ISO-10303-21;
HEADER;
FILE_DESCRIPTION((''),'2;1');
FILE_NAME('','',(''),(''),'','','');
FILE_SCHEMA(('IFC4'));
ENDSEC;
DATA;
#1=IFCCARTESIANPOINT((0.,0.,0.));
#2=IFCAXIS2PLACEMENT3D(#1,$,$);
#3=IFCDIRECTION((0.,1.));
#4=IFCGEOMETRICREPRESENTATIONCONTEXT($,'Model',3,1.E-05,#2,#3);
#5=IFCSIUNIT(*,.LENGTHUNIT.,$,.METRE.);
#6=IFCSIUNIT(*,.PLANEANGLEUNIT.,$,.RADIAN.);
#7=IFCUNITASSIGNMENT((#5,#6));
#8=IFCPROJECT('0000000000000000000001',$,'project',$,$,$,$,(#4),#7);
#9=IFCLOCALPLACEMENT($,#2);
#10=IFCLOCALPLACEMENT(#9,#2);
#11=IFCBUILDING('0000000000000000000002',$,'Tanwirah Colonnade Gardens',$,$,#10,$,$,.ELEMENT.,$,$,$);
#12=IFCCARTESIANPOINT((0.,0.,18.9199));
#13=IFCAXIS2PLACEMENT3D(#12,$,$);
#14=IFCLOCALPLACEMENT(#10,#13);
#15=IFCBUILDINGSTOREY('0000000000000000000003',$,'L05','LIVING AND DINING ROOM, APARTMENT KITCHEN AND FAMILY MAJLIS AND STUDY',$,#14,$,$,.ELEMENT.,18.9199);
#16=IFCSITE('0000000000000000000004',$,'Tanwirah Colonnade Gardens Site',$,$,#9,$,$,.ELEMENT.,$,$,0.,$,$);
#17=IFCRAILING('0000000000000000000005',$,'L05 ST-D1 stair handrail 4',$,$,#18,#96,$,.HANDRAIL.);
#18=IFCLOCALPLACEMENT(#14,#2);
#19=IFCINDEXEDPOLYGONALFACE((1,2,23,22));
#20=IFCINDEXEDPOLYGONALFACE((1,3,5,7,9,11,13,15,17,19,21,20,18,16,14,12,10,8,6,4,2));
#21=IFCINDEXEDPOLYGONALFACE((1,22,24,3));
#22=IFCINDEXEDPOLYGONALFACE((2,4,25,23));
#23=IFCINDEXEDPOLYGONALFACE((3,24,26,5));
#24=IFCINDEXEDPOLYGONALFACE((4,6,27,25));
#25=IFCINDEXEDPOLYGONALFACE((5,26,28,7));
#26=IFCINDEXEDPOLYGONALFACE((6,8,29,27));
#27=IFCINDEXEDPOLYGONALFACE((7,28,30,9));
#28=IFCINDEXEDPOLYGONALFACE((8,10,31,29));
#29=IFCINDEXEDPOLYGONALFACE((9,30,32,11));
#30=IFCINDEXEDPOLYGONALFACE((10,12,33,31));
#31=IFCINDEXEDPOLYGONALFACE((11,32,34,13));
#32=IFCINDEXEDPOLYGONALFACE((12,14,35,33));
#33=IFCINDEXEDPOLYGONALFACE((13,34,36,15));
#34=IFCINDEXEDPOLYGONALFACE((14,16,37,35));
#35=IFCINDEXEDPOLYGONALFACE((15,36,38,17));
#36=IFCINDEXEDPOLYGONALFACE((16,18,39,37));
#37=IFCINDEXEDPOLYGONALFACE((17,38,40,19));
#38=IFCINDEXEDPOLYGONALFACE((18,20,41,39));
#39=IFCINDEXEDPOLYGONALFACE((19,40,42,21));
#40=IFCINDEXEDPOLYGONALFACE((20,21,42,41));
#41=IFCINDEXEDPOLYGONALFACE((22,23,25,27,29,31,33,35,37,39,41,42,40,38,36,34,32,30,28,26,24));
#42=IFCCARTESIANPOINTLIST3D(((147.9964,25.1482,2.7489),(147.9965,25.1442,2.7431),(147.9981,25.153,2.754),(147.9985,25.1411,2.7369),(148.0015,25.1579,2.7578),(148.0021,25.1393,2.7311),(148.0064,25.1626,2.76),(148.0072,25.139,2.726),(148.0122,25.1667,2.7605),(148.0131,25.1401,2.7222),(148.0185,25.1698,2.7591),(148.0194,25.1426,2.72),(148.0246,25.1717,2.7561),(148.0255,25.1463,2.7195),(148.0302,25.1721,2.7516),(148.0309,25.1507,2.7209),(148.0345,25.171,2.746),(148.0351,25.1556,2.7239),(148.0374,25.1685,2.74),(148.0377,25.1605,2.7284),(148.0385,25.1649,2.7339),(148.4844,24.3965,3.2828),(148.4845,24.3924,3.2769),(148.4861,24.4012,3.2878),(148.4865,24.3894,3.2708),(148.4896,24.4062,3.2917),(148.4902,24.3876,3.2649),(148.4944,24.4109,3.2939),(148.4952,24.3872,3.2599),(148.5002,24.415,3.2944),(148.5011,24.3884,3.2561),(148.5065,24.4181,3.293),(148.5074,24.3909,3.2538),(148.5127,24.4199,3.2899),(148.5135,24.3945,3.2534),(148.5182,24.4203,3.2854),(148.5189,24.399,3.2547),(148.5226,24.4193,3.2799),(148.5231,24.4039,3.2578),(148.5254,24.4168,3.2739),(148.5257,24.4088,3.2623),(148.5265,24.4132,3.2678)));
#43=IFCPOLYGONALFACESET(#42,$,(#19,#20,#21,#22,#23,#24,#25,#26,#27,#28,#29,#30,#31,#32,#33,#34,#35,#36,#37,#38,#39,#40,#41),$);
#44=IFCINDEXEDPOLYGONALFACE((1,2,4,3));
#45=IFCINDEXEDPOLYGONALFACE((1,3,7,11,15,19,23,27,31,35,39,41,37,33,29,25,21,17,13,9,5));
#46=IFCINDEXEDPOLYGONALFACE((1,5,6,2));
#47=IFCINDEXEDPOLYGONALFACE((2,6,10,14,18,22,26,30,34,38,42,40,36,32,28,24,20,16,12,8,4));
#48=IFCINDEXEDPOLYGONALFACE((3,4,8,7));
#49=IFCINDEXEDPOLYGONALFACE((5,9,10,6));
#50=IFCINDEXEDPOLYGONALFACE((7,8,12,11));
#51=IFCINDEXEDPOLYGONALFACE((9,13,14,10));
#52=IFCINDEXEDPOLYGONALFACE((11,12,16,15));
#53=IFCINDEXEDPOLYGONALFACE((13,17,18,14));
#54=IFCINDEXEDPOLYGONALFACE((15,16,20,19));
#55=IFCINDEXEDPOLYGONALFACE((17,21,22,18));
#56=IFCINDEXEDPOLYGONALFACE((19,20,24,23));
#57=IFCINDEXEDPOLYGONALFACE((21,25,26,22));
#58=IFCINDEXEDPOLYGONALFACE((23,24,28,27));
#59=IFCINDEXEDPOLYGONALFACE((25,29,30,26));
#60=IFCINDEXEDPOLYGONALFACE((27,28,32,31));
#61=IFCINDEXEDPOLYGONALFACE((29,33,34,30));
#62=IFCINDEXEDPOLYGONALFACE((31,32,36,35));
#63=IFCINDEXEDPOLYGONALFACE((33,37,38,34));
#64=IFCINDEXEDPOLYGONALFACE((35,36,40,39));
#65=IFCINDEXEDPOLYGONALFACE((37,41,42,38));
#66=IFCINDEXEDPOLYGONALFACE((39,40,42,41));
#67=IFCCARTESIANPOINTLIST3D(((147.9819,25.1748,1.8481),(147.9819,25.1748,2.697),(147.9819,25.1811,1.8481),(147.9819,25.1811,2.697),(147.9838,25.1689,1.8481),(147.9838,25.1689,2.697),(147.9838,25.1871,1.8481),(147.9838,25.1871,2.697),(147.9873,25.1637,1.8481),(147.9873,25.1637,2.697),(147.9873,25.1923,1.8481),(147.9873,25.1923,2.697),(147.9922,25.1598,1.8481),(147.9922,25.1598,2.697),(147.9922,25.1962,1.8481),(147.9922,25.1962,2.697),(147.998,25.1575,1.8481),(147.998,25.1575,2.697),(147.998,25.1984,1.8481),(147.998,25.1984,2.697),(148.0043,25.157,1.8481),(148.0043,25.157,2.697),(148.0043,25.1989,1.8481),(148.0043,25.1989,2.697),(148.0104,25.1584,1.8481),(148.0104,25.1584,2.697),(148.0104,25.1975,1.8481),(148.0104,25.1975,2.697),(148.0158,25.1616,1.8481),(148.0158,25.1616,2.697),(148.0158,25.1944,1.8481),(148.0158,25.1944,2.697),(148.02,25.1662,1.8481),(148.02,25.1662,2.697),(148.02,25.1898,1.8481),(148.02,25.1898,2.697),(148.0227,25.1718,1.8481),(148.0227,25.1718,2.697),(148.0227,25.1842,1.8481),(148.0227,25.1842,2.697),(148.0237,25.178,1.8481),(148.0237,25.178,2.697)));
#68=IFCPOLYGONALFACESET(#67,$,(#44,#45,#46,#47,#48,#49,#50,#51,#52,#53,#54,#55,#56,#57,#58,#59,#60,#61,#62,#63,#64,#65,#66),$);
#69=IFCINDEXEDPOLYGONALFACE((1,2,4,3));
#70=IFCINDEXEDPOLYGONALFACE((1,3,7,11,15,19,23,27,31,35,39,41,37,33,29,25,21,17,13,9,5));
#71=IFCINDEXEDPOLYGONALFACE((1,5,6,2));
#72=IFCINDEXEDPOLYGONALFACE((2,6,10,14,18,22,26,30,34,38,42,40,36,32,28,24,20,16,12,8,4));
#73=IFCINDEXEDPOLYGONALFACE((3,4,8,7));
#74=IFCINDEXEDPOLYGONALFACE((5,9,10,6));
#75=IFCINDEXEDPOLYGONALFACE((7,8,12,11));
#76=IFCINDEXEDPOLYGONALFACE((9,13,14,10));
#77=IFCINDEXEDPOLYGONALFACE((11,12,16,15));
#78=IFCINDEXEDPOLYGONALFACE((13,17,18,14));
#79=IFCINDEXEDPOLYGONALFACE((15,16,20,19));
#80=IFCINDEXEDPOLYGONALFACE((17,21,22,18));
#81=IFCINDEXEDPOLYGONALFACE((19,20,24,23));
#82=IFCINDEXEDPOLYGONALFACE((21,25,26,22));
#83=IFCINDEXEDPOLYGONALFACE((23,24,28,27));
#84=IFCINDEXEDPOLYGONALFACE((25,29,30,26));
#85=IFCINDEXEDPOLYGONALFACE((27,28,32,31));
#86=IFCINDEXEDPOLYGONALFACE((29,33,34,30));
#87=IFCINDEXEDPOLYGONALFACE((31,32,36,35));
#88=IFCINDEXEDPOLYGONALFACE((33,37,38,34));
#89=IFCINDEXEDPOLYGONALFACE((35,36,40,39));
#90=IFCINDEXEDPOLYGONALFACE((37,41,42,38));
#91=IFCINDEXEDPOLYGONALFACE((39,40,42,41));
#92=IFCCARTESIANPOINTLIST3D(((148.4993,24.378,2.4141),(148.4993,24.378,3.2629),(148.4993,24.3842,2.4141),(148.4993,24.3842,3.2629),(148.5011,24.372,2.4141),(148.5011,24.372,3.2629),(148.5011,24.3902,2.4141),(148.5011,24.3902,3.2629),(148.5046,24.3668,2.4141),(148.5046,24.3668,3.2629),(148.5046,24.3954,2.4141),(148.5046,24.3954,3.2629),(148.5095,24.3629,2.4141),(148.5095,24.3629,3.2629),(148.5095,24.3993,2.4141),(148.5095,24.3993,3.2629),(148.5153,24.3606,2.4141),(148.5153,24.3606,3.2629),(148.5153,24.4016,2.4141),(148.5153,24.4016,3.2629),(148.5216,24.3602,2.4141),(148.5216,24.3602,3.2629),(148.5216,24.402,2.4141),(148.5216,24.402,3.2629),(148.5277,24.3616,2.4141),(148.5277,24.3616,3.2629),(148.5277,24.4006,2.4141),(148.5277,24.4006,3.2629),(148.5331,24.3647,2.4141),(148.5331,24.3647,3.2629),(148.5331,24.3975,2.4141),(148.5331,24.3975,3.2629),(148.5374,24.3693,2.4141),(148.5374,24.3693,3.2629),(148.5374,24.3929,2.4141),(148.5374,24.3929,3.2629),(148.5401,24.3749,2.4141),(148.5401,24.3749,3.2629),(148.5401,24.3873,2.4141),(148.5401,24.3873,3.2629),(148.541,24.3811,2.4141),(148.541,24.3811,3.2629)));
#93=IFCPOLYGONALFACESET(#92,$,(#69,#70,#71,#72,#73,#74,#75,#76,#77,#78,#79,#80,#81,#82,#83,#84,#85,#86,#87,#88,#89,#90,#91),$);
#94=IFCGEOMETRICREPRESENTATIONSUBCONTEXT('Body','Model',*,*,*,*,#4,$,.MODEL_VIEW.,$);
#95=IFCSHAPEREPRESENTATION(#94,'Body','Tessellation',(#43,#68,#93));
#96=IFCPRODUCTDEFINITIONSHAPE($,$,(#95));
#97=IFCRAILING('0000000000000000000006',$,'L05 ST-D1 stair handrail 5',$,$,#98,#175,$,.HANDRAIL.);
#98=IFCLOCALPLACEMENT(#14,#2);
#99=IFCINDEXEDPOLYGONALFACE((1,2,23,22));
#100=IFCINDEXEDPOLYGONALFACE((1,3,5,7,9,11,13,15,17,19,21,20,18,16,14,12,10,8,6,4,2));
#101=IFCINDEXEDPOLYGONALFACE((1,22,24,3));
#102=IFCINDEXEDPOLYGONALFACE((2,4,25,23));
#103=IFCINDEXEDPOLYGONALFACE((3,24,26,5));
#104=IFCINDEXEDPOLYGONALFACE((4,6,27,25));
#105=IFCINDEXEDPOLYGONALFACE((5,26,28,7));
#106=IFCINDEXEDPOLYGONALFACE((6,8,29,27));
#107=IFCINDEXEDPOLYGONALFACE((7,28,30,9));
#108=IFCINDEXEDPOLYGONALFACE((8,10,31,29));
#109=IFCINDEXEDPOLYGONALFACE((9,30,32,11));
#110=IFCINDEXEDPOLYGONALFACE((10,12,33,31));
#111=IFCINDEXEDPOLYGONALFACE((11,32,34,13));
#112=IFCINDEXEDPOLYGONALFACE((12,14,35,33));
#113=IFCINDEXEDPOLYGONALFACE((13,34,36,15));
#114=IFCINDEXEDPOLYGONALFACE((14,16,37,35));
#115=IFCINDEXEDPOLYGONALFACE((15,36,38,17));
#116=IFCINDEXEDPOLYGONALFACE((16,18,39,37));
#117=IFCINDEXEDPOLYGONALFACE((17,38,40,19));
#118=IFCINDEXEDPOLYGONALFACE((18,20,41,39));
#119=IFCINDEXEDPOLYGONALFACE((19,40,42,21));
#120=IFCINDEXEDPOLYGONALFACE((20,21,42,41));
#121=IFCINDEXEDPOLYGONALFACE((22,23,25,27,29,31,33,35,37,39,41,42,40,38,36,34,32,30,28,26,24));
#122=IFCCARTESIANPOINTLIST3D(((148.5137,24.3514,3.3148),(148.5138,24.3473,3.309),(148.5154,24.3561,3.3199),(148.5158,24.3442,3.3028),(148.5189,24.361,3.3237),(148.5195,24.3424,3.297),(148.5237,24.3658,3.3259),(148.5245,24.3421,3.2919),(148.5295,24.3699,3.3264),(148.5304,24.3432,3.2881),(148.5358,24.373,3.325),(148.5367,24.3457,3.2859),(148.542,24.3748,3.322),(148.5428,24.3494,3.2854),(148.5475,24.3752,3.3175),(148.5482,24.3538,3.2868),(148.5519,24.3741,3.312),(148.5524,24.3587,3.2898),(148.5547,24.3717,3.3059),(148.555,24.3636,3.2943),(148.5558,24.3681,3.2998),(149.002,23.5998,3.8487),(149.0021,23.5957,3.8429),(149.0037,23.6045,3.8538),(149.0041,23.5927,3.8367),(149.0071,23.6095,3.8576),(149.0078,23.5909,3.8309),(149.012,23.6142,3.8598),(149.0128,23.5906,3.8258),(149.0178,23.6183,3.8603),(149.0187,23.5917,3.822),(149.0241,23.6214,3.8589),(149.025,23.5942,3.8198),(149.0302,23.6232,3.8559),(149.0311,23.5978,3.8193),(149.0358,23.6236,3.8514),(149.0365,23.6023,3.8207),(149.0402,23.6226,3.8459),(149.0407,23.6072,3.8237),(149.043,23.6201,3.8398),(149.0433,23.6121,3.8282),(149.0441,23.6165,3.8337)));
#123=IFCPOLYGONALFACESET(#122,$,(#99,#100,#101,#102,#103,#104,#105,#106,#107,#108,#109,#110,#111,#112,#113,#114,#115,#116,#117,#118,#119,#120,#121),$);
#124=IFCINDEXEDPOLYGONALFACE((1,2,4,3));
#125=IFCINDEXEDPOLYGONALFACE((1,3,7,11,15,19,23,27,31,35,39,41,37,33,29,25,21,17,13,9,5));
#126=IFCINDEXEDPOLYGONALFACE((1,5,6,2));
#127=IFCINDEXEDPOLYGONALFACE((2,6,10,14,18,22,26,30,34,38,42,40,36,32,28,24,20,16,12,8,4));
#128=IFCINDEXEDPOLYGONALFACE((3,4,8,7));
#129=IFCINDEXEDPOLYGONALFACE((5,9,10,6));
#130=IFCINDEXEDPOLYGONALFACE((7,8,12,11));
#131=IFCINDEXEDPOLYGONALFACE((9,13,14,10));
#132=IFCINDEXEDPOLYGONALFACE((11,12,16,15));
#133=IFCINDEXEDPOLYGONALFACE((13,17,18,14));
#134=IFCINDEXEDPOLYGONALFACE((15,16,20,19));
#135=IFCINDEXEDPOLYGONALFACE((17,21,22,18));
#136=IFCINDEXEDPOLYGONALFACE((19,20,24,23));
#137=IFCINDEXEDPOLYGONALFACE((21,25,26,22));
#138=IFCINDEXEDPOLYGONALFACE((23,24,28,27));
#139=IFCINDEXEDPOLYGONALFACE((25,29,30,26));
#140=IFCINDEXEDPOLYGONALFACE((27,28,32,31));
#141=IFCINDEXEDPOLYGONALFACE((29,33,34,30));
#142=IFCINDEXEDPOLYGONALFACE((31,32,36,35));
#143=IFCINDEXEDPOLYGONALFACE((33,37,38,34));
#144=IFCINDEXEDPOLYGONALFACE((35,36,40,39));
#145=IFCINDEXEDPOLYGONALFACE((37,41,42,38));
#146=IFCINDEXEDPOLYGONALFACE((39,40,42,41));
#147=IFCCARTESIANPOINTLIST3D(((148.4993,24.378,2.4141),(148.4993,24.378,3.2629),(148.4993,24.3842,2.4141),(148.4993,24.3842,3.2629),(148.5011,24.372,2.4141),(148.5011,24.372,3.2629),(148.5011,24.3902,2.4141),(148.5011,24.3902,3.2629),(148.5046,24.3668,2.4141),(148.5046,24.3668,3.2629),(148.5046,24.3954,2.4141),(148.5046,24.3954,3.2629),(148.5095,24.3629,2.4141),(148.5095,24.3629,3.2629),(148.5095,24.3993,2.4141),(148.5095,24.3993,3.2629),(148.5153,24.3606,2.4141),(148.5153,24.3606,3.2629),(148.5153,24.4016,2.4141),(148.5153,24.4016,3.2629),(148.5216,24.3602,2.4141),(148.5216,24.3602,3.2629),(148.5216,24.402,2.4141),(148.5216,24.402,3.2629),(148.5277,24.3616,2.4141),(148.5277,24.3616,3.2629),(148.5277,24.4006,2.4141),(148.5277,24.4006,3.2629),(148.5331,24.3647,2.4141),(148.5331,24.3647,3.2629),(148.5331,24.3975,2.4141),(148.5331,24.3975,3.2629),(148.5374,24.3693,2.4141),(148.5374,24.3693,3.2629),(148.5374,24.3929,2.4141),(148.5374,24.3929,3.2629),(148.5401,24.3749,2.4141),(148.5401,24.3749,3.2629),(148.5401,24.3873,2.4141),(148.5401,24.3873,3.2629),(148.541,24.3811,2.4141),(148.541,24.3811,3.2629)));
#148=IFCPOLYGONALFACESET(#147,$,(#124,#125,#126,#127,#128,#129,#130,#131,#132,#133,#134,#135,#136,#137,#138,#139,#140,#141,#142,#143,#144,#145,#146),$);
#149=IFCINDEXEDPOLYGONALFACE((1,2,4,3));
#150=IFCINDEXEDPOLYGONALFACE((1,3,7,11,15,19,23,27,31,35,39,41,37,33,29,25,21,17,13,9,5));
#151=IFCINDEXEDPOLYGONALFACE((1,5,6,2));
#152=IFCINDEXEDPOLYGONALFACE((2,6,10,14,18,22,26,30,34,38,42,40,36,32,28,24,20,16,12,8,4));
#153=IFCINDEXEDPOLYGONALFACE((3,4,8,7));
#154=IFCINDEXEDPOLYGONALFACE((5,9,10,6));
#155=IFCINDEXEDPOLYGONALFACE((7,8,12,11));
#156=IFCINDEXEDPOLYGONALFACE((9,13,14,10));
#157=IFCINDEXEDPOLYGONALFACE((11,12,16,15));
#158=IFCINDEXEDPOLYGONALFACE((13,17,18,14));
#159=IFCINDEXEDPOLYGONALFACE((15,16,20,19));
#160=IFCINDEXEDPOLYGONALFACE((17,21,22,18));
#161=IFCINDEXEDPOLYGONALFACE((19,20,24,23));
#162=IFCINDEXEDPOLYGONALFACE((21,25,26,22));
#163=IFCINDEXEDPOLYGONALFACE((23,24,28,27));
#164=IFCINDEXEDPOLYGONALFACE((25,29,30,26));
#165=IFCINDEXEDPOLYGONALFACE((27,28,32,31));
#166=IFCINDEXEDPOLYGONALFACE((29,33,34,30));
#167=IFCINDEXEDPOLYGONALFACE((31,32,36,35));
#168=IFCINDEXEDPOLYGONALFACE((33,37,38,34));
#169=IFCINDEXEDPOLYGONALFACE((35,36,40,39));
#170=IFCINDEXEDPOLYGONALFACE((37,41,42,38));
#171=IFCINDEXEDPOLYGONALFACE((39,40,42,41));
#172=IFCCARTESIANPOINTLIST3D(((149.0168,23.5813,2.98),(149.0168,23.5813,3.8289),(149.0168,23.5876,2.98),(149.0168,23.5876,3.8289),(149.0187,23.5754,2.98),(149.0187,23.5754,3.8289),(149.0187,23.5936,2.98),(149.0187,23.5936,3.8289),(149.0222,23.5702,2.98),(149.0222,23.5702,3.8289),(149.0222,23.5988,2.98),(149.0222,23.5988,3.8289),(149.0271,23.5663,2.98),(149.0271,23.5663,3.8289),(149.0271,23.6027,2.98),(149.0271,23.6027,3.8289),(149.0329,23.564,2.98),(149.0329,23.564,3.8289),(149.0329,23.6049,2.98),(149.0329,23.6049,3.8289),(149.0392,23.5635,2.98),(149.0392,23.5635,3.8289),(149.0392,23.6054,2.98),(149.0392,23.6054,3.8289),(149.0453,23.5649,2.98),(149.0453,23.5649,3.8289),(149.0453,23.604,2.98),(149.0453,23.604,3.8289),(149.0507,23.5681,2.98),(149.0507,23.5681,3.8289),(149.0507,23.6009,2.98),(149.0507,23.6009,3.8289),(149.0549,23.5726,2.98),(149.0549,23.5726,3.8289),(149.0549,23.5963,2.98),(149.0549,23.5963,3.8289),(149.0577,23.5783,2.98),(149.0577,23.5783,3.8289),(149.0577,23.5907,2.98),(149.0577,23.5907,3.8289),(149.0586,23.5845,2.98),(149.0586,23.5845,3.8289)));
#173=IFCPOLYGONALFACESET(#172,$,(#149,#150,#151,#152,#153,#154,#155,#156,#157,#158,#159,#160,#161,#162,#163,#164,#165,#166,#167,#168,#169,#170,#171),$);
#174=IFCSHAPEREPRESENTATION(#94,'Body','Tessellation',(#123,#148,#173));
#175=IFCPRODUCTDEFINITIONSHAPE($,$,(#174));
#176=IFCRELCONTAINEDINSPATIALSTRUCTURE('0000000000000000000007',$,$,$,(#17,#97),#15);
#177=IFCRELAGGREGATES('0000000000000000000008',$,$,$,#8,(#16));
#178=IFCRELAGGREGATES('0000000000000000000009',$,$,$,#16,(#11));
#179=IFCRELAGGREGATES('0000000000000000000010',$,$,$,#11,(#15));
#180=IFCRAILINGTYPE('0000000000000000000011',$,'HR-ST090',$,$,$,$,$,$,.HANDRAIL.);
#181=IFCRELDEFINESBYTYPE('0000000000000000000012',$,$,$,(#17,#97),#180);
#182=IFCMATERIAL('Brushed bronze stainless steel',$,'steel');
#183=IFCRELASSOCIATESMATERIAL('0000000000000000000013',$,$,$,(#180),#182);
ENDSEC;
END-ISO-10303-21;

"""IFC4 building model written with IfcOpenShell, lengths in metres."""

from ifc_helpers import new_model, si_unit, direction, frame, origin, origin_2d, place, context, subcontext, project, spatial, circle, extrude, material, type_object, element, save


model = new_model("IFC4")

# Units and contexts
model_context = context("Model", 3, precision=1e-05, world=origin(), true_north=direction((0.0, 1.0)))
body_context = subcontext(model_context, "Body", "Model", "MODEL_VIEW")
ifc_project = project(units=[si_unit("LENGTHUNIT", "METRE"), si_unit("PLANEANGLEUNIT", "RADIAN")], contexts=[model_context])

# Site, building, storey
site_placement = place(None, origin())
site = spatial("IfcSite", under=ifc_project, at=site_placement, Name="Tanwirah Colonnade Gardens Site", CompositionType="ELEMENT", RefElevation=0.0)
building_placement = place(site_placement, origin())
building = spatial("IfcBuilding", under=site, at=building_placement, Name="Tanwirah Colonnade Gardens", CompositionType="ELEMENT")
storey_placement = place(building_placement, frame((0.0, 0.0, 18.9199)))
storey = spatial("IfcBuildingStorey", under=building, at=storey_placement, Name="L05", Description="LIVING AND DINING ROOM, APARTMENT KITCHEN AND FAMILY MAJLIS AND STUDY", CompositionType="ELEMENT", Elevation=18.9199)

# Railings
ifc_material_1 = material(Name="Brushed bronze stainless steel", Category="steel")
railing_type_1 = type_object("IfcRailingType", Name="HR-ST090", PredefinedType="HANDRAIL", material=ifc_material_1)
railing_1_placement = place(storey_placement, frame((148.0027, 25.178, 1.8481)))
element("IfcRailing", 1, at=railing_1_placement, inside=storey, type_object=railing_type_1, Name="L05 ST-D1 stair handrail 4", PredefinedType="HANDRAIL", context=body_context, shape_type="SweptSolid", body=[
    extrude(circle(Radius=0.0239, at=origin_2d()), frame((0.0146, -0.0225, 0.8918), z_axis=(0.467815, -0.720599, 0.511749), x_axis=(0.838749, 0.544519, 0.0)), (0.0, 0.0, 1.0), 1.0432),
    extrude(circle(Radius=0.021, at=origin_2d()), origin(), (0.0, 0.0, 1.0), 0.8489),
    extrude(circle(Radius=0.021, at=origin_2d()), frame((0.5173, -0.7969, 0.5659)), (0.0, 0.0, 1.0), 0.8489),
])
railing_2_placement = place(storey_placement, frame((148.52, 24.3811, 2.4141)))
element("IfcRailing", 2, at=railing_2_placement, inside=storey, type_object=railing_type_1, Name="L05 ST-D1 stair handrail 5", PredefinedType="HANDRAIL", context=body_context, shape_type="SweptSolid", body=[
    extrude(circle(Radius=0.0239, at=origin_2d()), frame((0.0146, -0.0225, 0.8918), z_axis=(0.468062, -0.720418, 0.511777), x_axis=(0.838555, 0.544817, 0.0)), (0.0, 0.0, 1.0), 1.0432),
    extrude(circle(Radius=0.021, at=origin_2d()), origin(), (0.0, 0.0, 1.0), 0.8489),
    extrude(circle(Radius=0.021, at=origin_2d()), frame((0.5176, -0.7966, 0.5659)), (0.0, 0.0, 1.0), 0.8489),
])

save(model, "model.ifc")
